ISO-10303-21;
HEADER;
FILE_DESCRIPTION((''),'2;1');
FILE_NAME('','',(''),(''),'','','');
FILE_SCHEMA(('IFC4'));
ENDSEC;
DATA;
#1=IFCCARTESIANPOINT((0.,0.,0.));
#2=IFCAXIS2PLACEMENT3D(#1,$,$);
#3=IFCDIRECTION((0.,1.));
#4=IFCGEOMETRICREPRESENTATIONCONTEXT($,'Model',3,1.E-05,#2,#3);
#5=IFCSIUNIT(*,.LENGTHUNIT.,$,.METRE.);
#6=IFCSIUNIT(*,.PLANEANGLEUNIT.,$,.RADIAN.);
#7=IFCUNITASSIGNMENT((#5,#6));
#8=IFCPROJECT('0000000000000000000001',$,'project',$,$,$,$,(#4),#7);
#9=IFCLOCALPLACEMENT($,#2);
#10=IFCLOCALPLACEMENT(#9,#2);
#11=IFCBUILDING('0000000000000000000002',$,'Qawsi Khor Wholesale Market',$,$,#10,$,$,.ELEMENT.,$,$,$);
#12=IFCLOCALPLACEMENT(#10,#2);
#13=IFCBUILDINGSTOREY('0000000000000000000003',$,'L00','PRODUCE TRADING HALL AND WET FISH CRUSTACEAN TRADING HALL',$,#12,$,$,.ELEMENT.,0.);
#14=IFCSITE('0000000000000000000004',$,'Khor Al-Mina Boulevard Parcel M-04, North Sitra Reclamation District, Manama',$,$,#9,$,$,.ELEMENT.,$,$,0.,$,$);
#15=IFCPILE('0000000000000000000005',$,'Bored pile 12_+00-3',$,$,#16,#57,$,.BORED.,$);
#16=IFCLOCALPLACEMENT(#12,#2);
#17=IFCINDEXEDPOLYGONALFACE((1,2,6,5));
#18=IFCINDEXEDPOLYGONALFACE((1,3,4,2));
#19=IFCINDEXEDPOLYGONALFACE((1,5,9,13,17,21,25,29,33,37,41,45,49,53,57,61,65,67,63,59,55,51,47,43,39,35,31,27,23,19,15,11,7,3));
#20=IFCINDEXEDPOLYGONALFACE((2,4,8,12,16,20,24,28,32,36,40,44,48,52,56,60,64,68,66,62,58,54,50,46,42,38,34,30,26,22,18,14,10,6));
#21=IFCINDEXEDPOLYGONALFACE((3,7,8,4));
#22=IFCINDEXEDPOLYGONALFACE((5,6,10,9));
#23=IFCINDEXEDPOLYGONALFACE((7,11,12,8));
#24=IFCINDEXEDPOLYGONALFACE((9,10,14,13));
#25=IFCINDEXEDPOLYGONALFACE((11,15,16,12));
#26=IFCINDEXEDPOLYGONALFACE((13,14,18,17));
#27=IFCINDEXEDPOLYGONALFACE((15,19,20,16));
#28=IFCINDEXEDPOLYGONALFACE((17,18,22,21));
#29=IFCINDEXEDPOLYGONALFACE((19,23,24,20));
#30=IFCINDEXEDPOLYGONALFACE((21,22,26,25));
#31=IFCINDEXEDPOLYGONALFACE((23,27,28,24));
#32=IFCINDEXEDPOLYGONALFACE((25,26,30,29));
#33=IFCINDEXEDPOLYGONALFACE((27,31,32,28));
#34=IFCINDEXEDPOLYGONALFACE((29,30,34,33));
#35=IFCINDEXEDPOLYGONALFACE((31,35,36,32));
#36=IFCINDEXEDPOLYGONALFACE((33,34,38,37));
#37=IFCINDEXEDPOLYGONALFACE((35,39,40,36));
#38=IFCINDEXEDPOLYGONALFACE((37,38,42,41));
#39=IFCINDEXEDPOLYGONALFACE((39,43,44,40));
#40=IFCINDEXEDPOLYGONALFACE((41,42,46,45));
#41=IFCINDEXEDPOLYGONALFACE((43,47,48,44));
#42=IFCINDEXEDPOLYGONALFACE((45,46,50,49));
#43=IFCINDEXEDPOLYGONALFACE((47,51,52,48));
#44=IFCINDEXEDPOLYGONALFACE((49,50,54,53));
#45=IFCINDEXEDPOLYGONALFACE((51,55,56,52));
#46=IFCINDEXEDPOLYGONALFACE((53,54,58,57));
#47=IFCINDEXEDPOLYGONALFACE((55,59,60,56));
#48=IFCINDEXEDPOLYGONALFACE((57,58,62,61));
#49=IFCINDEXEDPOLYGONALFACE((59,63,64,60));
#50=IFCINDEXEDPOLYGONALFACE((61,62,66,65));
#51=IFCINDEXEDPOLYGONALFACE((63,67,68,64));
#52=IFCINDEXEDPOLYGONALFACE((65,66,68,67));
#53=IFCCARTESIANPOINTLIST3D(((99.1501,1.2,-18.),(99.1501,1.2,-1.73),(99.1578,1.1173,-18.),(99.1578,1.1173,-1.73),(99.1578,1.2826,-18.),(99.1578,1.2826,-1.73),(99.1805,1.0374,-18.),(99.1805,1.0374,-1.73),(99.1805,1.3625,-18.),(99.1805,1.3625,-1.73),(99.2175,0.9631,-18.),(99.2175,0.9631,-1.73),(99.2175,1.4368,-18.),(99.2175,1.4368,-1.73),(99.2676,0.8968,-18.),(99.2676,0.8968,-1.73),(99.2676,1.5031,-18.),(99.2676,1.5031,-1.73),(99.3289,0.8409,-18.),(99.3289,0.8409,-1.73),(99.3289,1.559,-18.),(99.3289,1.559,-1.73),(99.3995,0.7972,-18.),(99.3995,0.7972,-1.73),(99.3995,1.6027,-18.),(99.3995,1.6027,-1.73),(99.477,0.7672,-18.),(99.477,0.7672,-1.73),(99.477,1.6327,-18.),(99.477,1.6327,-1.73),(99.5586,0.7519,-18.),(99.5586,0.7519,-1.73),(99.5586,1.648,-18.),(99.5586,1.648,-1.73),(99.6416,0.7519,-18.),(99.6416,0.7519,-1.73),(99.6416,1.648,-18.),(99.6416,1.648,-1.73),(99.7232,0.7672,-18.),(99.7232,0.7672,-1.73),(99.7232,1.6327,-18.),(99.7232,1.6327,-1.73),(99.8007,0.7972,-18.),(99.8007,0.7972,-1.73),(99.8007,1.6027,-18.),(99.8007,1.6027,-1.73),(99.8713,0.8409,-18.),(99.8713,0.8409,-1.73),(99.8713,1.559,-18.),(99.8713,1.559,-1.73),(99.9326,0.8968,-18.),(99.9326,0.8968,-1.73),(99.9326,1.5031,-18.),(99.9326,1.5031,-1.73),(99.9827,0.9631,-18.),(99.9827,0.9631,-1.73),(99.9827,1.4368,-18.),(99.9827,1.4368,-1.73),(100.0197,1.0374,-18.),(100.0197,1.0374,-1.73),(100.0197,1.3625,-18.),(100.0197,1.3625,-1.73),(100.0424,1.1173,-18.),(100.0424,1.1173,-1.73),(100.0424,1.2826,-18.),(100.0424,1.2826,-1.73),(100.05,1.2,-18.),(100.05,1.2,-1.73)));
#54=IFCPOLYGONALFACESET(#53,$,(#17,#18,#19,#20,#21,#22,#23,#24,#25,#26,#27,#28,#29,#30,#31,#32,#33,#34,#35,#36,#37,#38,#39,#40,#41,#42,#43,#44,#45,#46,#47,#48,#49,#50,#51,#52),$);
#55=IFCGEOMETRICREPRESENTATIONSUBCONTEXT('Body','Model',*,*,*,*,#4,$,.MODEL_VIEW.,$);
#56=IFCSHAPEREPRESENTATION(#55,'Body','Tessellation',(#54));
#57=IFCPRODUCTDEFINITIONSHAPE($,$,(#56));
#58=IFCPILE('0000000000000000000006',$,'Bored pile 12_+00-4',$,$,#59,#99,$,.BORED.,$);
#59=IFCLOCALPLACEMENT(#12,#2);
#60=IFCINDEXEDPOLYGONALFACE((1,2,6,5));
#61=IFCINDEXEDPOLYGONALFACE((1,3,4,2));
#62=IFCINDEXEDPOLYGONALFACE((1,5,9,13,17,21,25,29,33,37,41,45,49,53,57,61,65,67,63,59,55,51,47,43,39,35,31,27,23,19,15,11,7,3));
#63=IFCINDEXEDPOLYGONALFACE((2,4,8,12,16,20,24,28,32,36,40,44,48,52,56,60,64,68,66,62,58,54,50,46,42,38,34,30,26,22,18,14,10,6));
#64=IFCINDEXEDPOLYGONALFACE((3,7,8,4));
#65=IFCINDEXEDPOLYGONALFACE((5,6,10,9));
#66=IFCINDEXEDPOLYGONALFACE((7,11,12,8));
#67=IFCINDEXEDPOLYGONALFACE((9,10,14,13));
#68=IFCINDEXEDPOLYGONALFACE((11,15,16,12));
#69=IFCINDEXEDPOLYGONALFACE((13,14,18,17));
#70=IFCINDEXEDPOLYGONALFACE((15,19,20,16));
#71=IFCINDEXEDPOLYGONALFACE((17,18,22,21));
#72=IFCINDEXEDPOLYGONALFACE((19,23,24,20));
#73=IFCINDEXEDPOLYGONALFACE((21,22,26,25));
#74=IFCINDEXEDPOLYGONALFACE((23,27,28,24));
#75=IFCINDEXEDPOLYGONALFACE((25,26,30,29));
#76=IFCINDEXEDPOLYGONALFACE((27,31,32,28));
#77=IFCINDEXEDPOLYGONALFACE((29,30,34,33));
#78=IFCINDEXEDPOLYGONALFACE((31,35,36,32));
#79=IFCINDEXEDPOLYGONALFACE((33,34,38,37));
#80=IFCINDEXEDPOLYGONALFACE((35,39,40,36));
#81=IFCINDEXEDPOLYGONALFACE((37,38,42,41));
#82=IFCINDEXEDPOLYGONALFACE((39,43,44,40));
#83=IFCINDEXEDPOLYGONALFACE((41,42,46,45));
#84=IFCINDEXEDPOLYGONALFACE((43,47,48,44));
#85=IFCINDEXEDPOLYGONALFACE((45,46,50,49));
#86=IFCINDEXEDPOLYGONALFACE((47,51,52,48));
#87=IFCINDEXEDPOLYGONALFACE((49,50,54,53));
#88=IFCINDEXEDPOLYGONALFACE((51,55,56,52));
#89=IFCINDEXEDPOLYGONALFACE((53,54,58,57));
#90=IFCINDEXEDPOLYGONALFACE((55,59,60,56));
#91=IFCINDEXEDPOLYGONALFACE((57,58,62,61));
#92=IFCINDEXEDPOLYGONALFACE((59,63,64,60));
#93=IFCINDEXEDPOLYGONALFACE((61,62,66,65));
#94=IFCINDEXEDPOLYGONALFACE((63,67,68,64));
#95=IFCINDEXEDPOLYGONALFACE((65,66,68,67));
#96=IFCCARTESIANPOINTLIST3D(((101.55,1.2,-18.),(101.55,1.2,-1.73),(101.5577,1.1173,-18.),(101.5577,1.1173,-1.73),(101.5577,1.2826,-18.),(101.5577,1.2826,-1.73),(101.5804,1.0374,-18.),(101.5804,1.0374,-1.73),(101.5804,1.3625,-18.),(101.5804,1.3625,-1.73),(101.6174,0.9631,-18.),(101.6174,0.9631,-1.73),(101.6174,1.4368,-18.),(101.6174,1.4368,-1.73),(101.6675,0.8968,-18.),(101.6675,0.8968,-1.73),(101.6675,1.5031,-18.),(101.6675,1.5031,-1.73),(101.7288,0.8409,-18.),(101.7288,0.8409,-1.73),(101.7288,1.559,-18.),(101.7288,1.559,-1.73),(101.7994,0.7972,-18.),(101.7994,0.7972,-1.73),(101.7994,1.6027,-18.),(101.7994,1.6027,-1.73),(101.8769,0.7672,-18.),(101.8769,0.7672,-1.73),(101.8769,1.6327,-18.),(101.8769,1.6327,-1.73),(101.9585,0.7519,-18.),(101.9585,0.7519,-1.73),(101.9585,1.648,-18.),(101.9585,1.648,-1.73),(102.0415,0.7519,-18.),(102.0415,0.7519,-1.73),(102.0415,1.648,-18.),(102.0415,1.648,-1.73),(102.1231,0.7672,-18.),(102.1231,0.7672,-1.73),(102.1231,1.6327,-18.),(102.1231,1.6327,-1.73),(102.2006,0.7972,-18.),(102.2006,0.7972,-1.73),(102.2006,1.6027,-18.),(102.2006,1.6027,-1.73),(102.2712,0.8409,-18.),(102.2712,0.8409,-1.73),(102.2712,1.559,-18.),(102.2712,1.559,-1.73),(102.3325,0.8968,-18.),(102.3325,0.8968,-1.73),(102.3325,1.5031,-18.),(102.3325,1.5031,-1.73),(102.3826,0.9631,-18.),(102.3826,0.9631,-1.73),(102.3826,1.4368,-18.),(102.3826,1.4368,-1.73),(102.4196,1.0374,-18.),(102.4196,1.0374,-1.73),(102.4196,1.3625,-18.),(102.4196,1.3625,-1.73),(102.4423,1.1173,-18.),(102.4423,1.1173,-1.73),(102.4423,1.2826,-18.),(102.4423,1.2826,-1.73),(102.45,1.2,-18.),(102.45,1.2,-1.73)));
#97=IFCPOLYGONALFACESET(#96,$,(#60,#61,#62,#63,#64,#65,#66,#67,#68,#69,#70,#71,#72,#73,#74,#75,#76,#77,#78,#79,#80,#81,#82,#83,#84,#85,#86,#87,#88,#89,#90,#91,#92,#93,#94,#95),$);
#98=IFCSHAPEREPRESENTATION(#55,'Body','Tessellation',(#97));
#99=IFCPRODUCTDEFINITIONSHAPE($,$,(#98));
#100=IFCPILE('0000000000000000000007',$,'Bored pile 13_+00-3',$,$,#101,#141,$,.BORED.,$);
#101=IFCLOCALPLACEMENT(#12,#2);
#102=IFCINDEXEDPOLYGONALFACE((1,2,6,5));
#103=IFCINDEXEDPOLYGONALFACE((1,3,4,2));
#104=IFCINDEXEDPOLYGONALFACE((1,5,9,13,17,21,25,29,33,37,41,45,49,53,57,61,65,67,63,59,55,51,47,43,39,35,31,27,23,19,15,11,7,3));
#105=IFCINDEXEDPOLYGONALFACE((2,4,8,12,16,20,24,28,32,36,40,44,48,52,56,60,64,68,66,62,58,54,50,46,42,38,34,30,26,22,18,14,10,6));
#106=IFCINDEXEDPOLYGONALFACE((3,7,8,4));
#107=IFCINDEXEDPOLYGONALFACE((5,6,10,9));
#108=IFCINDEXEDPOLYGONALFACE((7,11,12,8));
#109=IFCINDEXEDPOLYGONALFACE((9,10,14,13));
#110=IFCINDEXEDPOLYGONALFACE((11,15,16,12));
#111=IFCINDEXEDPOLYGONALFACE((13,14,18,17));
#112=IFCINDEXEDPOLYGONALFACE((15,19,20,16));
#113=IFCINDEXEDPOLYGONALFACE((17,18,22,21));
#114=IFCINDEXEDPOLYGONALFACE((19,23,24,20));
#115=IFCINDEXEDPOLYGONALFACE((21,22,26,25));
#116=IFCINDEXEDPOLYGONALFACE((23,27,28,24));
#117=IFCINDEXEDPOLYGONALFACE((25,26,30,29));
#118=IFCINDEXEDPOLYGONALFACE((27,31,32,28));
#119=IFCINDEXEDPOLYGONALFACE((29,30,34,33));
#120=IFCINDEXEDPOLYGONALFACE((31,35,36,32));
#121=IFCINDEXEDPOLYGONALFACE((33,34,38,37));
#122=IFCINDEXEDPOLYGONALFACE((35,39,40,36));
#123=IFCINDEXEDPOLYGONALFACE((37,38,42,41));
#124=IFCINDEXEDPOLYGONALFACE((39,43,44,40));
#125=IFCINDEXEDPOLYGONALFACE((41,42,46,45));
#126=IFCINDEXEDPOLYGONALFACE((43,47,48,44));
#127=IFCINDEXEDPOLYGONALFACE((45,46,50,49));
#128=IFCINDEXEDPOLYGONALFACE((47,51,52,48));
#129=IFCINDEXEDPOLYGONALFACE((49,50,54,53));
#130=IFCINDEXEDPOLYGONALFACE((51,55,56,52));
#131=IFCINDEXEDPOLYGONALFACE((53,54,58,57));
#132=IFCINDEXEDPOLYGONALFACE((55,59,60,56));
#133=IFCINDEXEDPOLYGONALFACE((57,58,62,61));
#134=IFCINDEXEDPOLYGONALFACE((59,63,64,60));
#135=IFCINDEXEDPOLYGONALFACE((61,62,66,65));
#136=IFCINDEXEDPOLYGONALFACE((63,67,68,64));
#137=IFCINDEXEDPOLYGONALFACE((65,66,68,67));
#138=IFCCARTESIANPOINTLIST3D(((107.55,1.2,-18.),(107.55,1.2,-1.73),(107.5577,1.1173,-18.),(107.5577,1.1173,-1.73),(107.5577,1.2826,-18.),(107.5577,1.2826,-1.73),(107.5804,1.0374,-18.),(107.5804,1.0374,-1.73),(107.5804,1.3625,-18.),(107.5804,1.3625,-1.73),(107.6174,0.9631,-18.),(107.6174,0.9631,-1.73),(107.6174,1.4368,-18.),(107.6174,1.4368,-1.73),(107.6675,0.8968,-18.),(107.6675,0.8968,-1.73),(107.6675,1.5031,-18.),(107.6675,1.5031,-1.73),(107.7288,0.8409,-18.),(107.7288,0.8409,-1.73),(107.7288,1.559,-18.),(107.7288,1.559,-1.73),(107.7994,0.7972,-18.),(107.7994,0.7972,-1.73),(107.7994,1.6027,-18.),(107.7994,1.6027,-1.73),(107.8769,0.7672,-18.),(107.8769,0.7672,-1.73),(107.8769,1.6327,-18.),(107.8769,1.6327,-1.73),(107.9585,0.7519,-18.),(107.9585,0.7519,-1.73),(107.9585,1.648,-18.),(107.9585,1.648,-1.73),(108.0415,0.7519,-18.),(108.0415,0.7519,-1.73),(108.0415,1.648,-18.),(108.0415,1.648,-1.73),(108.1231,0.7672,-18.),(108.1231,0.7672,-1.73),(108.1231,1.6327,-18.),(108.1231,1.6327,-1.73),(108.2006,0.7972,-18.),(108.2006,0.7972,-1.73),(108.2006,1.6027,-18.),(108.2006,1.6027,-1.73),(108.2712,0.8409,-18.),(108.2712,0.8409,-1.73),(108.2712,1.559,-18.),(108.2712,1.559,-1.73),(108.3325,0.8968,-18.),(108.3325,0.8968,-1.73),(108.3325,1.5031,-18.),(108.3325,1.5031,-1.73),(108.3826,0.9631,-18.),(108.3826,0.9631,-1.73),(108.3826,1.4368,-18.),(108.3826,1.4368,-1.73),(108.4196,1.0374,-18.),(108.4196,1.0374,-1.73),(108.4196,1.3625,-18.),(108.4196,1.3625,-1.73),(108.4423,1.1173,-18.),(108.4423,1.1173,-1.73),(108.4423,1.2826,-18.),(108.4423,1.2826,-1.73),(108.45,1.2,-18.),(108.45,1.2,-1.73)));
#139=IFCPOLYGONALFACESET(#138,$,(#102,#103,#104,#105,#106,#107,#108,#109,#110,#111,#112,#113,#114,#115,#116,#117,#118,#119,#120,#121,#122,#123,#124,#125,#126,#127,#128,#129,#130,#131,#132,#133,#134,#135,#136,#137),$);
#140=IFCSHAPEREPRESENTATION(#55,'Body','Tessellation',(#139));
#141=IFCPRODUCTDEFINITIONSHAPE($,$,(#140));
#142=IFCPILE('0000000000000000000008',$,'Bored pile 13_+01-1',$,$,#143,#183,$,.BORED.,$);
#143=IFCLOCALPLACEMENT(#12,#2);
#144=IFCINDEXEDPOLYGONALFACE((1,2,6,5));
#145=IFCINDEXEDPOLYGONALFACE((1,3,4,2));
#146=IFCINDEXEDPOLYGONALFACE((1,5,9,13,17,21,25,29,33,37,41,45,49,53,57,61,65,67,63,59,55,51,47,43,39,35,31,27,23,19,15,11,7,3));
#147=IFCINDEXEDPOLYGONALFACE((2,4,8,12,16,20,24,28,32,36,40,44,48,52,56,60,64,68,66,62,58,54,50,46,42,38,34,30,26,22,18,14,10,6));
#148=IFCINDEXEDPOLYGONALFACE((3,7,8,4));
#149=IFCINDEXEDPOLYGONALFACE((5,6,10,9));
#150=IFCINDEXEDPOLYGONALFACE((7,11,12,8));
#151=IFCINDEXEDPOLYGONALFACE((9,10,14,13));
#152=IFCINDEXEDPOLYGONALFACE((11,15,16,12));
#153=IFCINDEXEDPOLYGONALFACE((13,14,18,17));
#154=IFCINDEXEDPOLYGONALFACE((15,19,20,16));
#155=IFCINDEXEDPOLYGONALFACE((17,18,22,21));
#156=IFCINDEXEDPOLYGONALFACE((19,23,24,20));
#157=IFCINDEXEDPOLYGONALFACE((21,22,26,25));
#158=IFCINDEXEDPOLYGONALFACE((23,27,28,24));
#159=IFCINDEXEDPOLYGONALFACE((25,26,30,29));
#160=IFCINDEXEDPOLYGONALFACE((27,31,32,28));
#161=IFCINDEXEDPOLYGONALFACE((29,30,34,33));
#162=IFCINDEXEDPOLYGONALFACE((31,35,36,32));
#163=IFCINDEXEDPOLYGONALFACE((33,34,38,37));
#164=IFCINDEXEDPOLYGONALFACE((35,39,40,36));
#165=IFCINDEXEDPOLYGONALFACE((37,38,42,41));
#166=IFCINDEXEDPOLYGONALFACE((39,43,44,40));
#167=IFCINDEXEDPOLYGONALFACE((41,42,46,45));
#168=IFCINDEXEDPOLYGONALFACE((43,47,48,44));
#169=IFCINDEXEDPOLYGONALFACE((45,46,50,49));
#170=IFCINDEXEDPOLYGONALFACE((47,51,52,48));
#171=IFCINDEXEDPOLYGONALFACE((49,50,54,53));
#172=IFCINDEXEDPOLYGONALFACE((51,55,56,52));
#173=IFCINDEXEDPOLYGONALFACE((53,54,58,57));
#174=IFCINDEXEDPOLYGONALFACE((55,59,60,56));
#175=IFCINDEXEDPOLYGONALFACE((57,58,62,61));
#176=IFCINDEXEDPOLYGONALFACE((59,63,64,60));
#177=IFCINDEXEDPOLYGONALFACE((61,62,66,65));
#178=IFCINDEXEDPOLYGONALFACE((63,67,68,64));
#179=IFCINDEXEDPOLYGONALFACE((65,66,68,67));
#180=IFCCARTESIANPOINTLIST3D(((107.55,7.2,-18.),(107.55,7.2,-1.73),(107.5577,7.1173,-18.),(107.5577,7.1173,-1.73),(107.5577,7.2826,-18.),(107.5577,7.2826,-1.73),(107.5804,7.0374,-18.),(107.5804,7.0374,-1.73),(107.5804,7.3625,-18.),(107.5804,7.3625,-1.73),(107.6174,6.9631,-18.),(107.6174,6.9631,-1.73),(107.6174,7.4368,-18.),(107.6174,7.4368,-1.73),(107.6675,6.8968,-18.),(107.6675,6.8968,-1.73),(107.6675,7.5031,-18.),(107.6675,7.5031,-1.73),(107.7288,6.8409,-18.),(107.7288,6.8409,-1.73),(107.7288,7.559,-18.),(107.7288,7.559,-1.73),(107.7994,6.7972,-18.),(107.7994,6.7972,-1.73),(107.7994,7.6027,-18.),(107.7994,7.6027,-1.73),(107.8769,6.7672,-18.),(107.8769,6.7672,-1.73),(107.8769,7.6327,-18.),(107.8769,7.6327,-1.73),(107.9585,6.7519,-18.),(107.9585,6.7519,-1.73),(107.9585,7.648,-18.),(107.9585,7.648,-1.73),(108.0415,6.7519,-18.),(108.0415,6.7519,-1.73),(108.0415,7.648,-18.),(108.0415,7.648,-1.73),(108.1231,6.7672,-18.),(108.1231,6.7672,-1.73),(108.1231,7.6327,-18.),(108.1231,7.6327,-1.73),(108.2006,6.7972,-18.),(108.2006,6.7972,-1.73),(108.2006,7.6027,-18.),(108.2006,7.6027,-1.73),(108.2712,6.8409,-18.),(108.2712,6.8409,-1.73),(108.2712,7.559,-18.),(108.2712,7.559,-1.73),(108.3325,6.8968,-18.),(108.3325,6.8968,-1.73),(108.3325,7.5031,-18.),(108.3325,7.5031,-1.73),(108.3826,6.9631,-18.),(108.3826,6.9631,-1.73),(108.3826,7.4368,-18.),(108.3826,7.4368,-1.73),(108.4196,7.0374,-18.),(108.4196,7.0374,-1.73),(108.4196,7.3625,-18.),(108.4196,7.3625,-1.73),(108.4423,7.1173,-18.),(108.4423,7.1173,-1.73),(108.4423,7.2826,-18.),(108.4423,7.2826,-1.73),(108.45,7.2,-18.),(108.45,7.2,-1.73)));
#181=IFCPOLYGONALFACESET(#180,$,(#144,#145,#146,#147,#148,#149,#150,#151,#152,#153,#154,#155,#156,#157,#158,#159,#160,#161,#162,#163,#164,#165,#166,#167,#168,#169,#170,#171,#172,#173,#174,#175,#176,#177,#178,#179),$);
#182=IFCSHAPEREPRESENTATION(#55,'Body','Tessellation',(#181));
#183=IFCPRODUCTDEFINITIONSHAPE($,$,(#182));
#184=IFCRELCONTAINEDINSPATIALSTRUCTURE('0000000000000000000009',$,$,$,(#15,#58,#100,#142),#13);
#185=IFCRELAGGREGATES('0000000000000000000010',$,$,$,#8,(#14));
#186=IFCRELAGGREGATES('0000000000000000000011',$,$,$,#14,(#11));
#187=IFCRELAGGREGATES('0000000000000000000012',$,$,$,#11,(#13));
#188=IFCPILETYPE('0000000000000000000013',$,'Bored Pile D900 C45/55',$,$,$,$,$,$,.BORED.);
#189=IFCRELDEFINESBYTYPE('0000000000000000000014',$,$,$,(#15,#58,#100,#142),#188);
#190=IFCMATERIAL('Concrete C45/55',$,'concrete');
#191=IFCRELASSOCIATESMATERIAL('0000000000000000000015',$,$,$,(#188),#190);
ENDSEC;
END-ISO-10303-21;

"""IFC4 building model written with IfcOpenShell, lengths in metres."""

from ifc_helpers import new_model, si_unit, direction, frame, origin, origin_2d, place, context, subcontext, project, spatial, circle, extrude, material, material_profile, profile_set, type_object, element, save


model = new_model("IFC4")

# Units and contexts
model_context = context("Model", 3, precision=1e-05, world=origin(), true_north=direction((0.0, 1.0)))
body_context = subcontext(model_context, "Body", "Model", "MODEL_VIEW")
ifc_project = project(units=[si_unit("LENGTHUNIT", "METRE"), si_unit("PLANEANGLEUNIT", "RADIAN")], contexts=[model_context])

# Site, building, storey
site_placement = place(None, origin())
site = spatial("IfcSite", under=ifc_project, at=site_placement, Name="Khor Al-Mina Boulevard Parcel M-04, North Sitra Reclamation District, Manama", CompositionType="ELEMENT", RefElevation=0.0)
building_placement = place(site_placement, origin())
building = spatial("IfcBuilding", under=site, at=building_placement, Name="Qawsi Khor Wholesale Market", CompositionType="ELEMENT")
storey_placement = place(building_placement, origin())
storey = spatial("IfcBuildingStorey", under=building, at=storey_placement, Name="L00", Description="PRODUCE TRADING HALL AND WET FISH CRUSTACEAN TRADING HALL", CompositionType="ELEMENT", Elevation=0.0)

# Piles
ifc_material_1 = material(Name="Concrete C45/55", Category="concrete")
ifc_material_profile_1 = material_profile(ifc_material_1, circle(Radius=0.45, at=origin_2d()), Name="PILE D900")
ifc_profile_set_1 = profile_set([ifc_material_profile_1], Name="Concrete C45/55")
pile_type_1 = type_object("IfcPileType", Name="Bored Pile D900 C45/55", PredefinedType="BORED", material=ifc_profile_set_1)
for number, where, z_axis, x_axis, name in (
    (1, (99.6001, 1.2, -1.73), (0.0, 0.0, -1.0), (1.0, 0.0, 0.0), "Bored pile 12_+00-3"),
    (2, (102.0, 1.2, -1.73), (0.0, 0.0, -1.0), (1.0, 0.0, 0.0), "Bored pile 12_+00-4"),
    (3, (108.0, 1.2, -1.73), (0.0, 0.0, -1.0), (1.0, 0.0, 0.0), "Bored pile 13_+00-3"),
    (4, (108.0, 7.2, -1.73), (0.0, 0.0, -1.0), (1.0, 0.0, 0.0), "Bored pile 13_+01-1"),
):
    element("IfcPile", number, at=place(storey_placement, frame(where, z_axis=z_axis, x_axis=x_axis)), inside=storey, type_object=pile_type_1, Name=name, PredefinedType="BORED", context=body_context, shape_type="SweptSolid", body=[
        extrude(circle(Radius=0.45, at=origin_2d()), origin(), (0.0, 0.0, 1.0), 16.27),
    ])

save(model, "model.ifc")
